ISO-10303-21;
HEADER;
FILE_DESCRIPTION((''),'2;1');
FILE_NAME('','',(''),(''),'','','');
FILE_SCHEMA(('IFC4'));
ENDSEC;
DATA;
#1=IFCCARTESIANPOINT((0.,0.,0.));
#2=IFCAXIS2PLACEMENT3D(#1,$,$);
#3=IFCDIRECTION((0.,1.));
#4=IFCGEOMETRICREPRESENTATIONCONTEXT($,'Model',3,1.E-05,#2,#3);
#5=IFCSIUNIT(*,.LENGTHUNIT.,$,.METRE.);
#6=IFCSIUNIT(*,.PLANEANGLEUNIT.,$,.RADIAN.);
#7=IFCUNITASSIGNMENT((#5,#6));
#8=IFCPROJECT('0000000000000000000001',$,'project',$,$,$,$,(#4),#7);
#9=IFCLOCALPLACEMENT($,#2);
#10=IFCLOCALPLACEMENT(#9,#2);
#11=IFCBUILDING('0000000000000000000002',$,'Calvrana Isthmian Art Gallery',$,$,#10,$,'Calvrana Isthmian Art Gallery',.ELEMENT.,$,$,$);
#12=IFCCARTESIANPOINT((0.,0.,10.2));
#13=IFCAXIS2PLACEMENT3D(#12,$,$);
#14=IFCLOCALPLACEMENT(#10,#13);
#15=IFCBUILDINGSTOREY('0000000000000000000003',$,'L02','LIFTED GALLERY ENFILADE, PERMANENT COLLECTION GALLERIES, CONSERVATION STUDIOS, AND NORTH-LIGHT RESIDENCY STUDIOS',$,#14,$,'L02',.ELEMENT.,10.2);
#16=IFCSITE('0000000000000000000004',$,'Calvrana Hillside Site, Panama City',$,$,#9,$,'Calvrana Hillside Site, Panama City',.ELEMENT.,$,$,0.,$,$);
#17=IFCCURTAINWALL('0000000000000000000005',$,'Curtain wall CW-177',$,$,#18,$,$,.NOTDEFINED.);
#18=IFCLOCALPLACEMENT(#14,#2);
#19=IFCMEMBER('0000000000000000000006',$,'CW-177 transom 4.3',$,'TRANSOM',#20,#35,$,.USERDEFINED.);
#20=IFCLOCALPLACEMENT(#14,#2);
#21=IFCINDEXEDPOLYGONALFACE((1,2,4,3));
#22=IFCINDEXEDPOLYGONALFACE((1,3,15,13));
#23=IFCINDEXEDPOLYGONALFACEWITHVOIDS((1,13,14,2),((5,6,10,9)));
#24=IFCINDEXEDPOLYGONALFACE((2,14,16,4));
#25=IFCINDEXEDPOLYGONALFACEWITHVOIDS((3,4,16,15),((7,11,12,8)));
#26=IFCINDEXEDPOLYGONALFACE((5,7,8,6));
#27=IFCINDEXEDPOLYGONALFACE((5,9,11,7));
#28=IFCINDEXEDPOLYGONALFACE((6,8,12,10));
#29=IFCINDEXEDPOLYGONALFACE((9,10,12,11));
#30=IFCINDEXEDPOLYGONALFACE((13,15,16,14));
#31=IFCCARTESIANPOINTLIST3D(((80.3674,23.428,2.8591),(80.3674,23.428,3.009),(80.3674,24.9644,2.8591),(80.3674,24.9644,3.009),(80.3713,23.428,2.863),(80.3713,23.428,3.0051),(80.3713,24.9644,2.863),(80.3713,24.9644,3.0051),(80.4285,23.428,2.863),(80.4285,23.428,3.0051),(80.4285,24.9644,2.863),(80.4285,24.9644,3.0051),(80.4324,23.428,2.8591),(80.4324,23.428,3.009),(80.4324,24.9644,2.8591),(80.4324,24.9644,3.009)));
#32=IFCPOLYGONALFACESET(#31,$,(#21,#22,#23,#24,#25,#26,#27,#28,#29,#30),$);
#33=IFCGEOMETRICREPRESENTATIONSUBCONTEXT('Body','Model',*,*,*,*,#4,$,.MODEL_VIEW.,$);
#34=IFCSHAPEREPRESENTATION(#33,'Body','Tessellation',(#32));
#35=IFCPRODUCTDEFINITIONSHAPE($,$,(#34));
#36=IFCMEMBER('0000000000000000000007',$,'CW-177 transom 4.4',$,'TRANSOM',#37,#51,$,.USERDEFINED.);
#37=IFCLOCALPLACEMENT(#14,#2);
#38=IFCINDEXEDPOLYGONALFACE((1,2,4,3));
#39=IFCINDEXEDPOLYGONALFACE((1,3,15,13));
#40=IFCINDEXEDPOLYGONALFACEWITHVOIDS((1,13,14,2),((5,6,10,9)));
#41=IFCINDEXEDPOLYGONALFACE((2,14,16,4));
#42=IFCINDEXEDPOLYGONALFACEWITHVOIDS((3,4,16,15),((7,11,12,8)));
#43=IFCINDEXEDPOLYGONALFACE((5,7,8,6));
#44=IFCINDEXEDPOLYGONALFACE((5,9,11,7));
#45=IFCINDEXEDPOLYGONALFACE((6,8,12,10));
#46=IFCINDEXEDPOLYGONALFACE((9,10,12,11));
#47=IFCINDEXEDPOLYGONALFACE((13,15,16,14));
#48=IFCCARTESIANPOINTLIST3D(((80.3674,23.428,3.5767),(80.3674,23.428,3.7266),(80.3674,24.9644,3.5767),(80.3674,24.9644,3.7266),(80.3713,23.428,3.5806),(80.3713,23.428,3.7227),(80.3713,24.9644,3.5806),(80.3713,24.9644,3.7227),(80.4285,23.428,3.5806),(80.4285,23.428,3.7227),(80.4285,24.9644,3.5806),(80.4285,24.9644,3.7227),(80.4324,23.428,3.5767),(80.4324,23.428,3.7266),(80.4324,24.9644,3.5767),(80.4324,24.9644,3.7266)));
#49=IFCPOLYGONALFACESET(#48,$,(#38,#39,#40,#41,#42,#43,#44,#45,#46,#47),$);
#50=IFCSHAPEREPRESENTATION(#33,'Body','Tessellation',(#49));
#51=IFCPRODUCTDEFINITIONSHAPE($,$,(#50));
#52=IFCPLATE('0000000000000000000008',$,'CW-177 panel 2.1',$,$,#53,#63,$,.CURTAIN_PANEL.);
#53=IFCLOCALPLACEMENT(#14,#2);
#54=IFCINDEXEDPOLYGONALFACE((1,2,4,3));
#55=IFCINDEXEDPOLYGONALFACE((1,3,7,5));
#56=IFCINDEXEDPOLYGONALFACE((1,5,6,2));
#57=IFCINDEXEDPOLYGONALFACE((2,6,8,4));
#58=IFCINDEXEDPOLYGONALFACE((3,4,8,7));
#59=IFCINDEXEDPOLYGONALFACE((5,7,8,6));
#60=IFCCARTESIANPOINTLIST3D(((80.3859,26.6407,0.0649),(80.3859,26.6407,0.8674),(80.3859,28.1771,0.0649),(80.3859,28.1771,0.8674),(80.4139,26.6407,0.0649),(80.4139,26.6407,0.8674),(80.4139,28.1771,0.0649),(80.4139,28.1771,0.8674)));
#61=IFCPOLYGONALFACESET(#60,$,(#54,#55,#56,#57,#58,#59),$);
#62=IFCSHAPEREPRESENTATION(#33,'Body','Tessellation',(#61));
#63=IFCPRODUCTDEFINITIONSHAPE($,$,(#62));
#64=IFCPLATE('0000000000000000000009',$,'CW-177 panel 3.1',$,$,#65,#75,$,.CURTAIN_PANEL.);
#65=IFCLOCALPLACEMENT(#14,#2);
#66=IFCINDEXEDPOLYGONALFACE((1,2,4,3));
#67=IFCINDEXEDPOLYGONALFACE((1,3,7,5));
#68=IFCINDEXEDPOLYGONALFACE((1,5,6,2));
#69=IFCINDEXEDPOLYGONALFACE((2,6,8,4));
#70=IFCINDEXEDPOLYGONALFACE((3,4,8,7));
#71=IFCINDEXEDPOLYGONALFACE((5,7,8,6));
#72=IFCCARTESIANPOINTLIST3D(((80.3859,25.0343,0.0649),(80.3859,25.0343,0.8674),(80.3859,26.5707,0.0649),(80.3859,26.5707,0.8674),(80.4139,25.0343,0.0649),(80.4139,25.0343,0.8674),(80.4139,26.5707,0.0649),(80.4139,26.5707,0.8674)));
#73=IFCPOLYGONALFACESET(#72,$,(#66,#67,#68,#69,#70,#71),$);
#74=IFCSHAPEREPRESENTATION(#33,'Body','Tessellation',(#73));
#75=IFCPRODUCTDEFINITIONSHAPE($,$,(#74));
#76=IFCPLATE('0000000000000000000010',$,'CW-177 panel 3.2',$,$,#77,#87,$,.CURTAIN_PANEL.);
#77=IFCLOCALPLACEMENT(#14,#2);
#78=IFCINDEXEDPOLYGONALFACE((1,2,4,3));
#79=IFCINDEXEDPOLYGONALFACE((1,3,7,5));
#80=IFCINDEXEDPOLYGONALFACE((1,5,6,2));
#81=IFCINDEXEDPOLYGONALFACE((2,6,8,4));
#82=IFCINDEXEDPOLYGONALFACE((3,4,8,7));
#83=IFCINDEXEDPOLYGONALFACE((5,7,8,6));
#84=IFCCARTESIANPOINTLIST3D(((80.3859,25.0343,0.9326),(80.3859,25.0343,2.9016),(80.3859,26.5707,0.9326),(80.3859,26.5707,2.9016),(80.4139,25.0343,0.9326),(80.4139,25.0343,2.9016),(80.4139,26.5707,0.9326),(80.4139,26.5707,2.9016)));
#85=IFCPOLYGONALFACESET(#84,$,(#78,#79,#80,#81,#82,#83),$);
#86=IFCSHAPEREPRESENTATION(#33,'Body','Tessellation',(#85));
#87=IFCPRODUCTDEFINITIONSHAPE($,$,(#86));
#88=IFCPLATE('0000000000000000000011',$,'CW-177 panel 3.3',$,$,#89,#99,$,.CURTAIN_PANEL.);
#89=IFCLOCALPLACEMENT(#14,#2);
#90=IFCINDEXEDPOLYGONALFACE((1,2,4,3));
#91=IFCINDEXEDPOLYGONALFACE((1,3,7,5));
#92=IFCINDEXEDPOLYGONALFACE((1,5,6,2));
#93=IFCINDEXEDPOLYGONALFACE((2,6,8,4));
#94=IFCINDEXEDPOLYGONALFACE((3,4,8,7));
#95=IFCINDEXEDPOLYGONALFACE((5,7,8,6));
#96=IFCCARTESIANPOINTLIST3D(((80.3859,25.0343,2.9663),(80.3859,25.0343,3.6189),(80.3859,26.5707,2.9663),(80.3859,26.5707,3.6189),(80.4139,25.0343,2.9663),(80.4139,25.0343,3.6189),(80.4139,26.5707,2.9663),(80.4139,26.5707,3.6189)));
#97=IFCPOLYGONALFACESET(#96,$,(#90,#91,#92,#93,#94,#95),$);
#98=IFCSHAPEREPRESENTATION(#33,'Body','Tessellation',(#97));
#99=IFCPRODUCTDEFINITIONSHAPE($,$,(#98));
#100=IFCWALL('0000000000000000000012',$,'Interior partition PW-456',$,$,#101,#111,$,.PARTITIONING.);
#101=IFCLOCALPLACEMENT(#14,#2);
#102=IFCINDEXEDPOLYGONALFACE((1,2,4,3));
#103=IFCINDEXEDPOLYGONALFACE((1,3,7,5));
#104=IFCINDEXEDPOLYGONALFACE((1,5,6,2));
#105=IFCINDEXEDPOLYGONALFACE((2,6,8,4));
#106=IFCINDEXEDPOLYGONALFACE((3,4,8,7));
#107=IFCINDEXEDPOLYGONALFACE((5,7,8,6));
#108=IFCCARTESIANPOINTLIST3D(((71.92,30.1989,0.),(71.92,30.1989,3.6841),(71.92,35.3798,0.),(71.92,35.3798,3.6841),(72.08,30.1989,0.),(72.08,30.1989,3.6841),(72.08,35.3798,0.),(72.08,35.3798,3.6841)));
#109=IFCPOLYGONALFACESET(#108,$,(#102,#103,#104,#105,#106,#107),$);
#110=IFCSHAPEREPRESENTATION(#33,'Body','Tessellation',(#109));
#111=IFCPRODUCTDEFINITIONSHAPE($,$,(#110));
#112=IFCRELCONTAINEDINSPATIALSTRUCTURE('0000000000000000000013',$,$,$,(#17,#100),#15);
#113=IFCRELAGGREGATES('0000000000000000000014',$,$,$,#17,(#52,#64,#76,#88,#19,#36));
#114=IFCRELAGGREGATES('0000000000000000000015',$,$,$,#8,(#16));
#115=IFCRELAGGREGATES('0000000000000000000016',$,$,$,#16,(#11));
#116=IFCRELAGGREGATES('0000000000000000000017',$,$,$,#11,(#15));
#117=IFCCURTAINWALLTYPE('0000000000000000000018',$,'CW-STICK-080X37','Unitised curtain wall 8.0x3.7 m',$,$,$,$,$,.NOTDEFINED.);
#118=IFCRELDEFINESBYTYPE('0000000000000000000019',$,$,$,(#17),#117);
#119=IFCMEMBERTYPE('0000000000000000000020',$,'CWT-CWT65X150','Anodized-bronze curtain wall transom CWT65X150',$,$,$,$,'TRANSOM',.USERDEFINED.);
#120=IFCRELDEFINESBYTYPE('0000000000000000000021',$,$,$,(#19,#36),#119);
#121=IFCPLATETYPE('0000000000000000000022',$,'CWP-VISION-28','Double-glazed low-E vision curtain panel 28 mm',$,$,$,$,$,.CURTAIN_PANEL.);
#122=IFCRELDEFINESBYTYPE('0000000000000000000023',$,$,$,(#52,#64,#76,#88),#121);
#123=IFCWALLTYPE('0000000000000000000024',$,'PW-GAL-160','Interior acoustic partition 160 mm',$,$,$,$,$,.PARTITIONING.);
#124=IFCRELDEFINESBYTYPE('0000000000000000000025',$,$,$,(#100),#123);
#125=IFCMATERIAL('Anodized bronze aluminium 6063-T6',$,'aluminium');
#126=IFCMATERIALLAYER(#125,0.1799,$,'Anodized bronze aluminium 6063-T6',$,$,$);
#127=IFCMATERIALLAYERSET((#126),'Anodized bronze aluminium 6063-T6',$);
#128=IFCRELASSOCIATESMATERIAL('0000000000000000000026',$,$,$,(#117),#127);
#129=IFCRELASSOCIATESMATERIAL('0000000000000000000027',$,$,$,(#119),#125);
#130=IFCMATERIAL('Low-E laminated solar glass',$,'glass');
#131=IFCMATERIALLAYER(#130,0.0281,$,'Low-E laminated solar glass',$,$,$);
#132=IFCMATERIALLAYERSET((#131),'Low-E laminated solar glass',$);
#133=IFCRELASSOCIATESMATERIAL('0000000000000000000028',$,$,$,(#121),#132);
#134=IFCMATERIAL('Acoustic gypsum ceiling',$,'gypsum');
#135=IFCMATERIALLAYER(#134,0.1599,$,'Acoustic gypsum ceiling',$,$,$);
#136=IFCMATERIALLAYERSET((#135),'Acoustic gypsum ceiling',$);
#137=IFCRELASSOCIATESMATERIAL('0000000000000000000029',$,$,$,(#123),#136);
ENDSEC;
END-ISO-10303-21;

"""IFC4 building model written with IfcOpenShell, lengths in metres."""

from ifc_helpers import new_model, si_unit, direction, frame, frame_2d, origin, origin_2d, place, context, subcontext, project, spatial, rectangle, hollow_rectangle, extrude, material, layer, layer_set, material_profile, profile_set, type_object, element, aggregate, save


model = new_model("IFC4")

# Units and contexts
model_context = context("Model", 3, precision=1e-05, world=origin(), true_north=direction((0.0, 1.0)))
body_context = subcontext(model_context, "Body", "Model", "MODEL_VIEW")
ifc_project = project(units=[si_unit("LENGTHUNIT", "METRE"), si_unit("PLANEANGLEUNIT", "RADIAN")], contexts=[model_context])

# Site, building, storey
site_placement = place(None, origin())
site = spatial("IfcSite", under=ifc_project, at=site_placement, Name="Calvrana Hillside Site, Panama City", LongName="Calvrana Hillside Site, Panama City", CompositionType="ELEMENT", RefElevation=0.0)
building_placement = place(site_placement, origin())
building = spatial("IfcBuilding", under=site, at=building_placement, Name="Calvrana Isthmian Art Gallery", LongName="Calvrana Isthmian Art Gallery", CompositionType="ELEMENT")
storey_placement = place(building_placement, frame((0.0, 0.0, 10.2)))
storey = spatial("IfcBuildingStorey", under=building, at=storey_placement, Name="L02", Description="LIFTED GALLERY ENFILADE, PERMANENT COLLECTION GALLERIES, CONSERVATION STUDIOS, AND NORTH-LIGHT RESIDENCY STUDIOS", LongName="L02", CompositionType="ELEMENT", Elevation=10.2)

# Curtain wall, members, plates
ifc_material_1 = material(Name="Anodized bronze aluminium 6063-T6", Category="aluminium")
ifc_layer_1 = layer(ifc_material_1, 0.1799, Name="Anodized bronze aluminium 6063-T6")
ifc_layer_set_1 = layer_set([ifc_layer_1], Name="Anodized bronze aluminium 6063-T6")
curtain_wall_type = type_object("IfcCurtainWallType", Name="CW-STICK-080X37", Description="Unitised curtain wall 8.0x3.7 m", PredefinedType="NOTDEFINED", material=ifc_layer_set_1)
curtain_wall_placement = place(storey_placement, origin())
curtain_wall = element("IfcCurtainWall", 1, at=curtain_wall_placement, inside=storey, type_object=curtain_wall_type, Name="Curtain wall CW-177", PredefinedType="NOTDEFINED")
ifc_material_profile_1 = material_profile(ifc_material_1, hollow_rectangle(XDim=0.0649, YDim=0.1499, WallThickness=0.0039, at=origin_2d()), Name="CWT65X150")
ifc_profile_set_1 = profile_set([ifc_material_profile_1], Name="Anodized bronze aluminium 6063-T6")
member_type_1 = type_object("IfcMemberType", Name="CWT-CWT65X150", Description="Anodized-bronze curtain wall transom CWT65X150", ElementType="TRANSOM", PredefinedType="USERDEFINED", material=ifc_profile_set_1)
member_1_placement = place(storey_placement, frame((80.3999, 24.9644, 2.9341), z_axis=(0.0, -1.0, 0.0), x_axis=(1.0, 0.0, 0.0)))
member_1 = element("IfcMember", 2, at=member_1_placement, type_object=member_type_1, Name="CW-177 transom 4.3", ObjectType="TRANSOM", PredefinedType="USERDEFINED", context=body_context, shape_type="SweptSolid", body=[
    extrude(hollow_rectangle(XDim=0.0649, YDim=0.1499, WallThickness=0.0039, at=origin_2d()), origin(), (0.0, 0.0, 1.0), 1.5364),
])
member_2_placement = place(storey_placement, frame((80.3999, 24.9644, 3.6516), z_axis=(0.0, -1.0, 0.0), x_axis=(1.0, 0.0, 0.0)))
member_2 = element("IfcMember", 3, at=member_2_placement, type_object=member_type_1, Name="CW-177 transom 4.4", ObjectType="TRANSOM", PredefinedType="USERDEFINED", context=body_context, shape_type="SweptSolid", body=[
    extrude(hollow_rectangle(XDim=0.0649, YDim=0.1499, WallThickness=0.0039, at=origin_2d()), origin(), (0.0, 0.0, 1.0), 1.5364),
])
ifc_material_2 = material(Name="Low-E laminated solar glass", Category="glass")
ifc_layer_2 = layer(ifc_material_2, 0.0281, Name="Low-E laminated solar glass")
ifc_layer_set_2 = layer_set([ifc_layer_2], Name="Low-E laminated solar glass")
plate_type = type_object("IfcPlateType", Name="CWP-VISION-28", Description="Double-glazed low-E vision curtain panel 28 mm", PredefinedType="CURTAIN_PANEL", material=ifc_layer_set_2)
plate_1_placement = place(storey_placement, frame((80.3999, 27.4089, 0.0649), z_axis=(0.0, 0.0, 1.0), x_axis=(0.0, -1.0, 0.0)))
plate_1 = element("IfcPlate", 4, at=plate_1_placement, type_object=plate_type, Name="CW-177 panel 2.1", PredefinedType="CURTAIN_PANEL", context=body_context, shape_type="SweptSolid", body=[
    extrude(rectangle(XDim=1.5364, YDim=0.0281, at=origin_2d()), origin(), (0.0, 0.0, 1.0), 0.8025),
])
plate_2_placement = place(storey_placement, frame((80.3999, 25.8025, 0.0649), z_axis=(0.0, 0.0, 1.0), x_axis=(0.0, -1.0, 0.0)))
plate_2 = element("IfcPlate", 5, at=plate_2_placement, type_object=plate_type, Name="CW-177 panel 3.1", PredefinedType="CURTAIN_PANEL", context=body_context, shape_type="SweptSolid", body=[
    extrude(rectangle(XDim=1.5364, YDim=0.0281, at=origin_2d()), origin(), (0.0, 0.0, 1.0), 0.8025),
])
plate_3_placement = place(storey_placement, frame((80.3999, 25.8025, 0.9326), z_axis=(0.0, 0.0, 1.0), x_axis=(0.0, -1.0, 0.0)))
plate_3 = element("IfcPlate", 6, at=plate_3_placement, type_object=plate_type, Name="CW-177 panel 3.2", PredefinedType="CURTAIN_PANEL", context=body_context, shape_type="SweptSolid", body=[
    extrude(rectangle(XDim=1.5364, YDim=0.0281, at=origin_2d()), origin(), (0.0, 0.0, 1.0), 1.969),
])
plate_4_placement = place(storey_placement, frame((80.3999, 25.8025, 2.9663), z_axis=(0.0, 0.0, 1.0), x_axis=(0.0, -1.0, 0.0)))
plate_4 = element("IfcPlate", 7, at=plate_4_placement, type_object=plate_type, Name="CW-177 panel 3.3", PredefinedType="CURTAIN_PANEL", context=body_context, shape_type="SweptSolid", body=[
    extrude(rectangle(XDim=1.5364, YDim=0.0281, at=origin_2d()), origin(), (0.0, 0.0, 1.0), 0.6526),
])
aggregate(curtain_wall, [plate_1, plate_2, plate_3, plate_4, member_1, member_2])

# Wall
ifc_material_3 = material(Name="Acoustic gypsum ceiling", Category="gypsum")
ifc_layer_3 = layer(ifc_material_3, 0.1599, Name="Acoustic gypsum ceiling")
ifc_layer_set_3 = layer_set([ifc_layer_3], Name="Acoustic gypsum ceiling")
wall_type = type_object("IfcWallType", Name="PW-GAL-160", Description="Interior acoustic partition 160 mm", PredefinedType="PARTITIONING", material=ifc_layer_set_3)
wall_placement = place(storey_placement, frame((72.0, 30.199, 0.0), z_axis=(0.0, 0.0, 1.0), x_axis=(0.0, 1.0, 0.0)))
element("IfcWall", 8, at=wall_placement, inside=storey, type_object=wall_type, Name="Interior partition PW-456", PredefinedType="PARTITIONING", context=body_context, shape_type="SweptSolid", body=[
    extrude(rectangle(XDim=5.1809, YDim=0.1599, at=frame_2d((2.5903, 0.0))), origin(), (0.0, 0.0, 1.0), 3.6841),
])

save(model, "model.ifc")
